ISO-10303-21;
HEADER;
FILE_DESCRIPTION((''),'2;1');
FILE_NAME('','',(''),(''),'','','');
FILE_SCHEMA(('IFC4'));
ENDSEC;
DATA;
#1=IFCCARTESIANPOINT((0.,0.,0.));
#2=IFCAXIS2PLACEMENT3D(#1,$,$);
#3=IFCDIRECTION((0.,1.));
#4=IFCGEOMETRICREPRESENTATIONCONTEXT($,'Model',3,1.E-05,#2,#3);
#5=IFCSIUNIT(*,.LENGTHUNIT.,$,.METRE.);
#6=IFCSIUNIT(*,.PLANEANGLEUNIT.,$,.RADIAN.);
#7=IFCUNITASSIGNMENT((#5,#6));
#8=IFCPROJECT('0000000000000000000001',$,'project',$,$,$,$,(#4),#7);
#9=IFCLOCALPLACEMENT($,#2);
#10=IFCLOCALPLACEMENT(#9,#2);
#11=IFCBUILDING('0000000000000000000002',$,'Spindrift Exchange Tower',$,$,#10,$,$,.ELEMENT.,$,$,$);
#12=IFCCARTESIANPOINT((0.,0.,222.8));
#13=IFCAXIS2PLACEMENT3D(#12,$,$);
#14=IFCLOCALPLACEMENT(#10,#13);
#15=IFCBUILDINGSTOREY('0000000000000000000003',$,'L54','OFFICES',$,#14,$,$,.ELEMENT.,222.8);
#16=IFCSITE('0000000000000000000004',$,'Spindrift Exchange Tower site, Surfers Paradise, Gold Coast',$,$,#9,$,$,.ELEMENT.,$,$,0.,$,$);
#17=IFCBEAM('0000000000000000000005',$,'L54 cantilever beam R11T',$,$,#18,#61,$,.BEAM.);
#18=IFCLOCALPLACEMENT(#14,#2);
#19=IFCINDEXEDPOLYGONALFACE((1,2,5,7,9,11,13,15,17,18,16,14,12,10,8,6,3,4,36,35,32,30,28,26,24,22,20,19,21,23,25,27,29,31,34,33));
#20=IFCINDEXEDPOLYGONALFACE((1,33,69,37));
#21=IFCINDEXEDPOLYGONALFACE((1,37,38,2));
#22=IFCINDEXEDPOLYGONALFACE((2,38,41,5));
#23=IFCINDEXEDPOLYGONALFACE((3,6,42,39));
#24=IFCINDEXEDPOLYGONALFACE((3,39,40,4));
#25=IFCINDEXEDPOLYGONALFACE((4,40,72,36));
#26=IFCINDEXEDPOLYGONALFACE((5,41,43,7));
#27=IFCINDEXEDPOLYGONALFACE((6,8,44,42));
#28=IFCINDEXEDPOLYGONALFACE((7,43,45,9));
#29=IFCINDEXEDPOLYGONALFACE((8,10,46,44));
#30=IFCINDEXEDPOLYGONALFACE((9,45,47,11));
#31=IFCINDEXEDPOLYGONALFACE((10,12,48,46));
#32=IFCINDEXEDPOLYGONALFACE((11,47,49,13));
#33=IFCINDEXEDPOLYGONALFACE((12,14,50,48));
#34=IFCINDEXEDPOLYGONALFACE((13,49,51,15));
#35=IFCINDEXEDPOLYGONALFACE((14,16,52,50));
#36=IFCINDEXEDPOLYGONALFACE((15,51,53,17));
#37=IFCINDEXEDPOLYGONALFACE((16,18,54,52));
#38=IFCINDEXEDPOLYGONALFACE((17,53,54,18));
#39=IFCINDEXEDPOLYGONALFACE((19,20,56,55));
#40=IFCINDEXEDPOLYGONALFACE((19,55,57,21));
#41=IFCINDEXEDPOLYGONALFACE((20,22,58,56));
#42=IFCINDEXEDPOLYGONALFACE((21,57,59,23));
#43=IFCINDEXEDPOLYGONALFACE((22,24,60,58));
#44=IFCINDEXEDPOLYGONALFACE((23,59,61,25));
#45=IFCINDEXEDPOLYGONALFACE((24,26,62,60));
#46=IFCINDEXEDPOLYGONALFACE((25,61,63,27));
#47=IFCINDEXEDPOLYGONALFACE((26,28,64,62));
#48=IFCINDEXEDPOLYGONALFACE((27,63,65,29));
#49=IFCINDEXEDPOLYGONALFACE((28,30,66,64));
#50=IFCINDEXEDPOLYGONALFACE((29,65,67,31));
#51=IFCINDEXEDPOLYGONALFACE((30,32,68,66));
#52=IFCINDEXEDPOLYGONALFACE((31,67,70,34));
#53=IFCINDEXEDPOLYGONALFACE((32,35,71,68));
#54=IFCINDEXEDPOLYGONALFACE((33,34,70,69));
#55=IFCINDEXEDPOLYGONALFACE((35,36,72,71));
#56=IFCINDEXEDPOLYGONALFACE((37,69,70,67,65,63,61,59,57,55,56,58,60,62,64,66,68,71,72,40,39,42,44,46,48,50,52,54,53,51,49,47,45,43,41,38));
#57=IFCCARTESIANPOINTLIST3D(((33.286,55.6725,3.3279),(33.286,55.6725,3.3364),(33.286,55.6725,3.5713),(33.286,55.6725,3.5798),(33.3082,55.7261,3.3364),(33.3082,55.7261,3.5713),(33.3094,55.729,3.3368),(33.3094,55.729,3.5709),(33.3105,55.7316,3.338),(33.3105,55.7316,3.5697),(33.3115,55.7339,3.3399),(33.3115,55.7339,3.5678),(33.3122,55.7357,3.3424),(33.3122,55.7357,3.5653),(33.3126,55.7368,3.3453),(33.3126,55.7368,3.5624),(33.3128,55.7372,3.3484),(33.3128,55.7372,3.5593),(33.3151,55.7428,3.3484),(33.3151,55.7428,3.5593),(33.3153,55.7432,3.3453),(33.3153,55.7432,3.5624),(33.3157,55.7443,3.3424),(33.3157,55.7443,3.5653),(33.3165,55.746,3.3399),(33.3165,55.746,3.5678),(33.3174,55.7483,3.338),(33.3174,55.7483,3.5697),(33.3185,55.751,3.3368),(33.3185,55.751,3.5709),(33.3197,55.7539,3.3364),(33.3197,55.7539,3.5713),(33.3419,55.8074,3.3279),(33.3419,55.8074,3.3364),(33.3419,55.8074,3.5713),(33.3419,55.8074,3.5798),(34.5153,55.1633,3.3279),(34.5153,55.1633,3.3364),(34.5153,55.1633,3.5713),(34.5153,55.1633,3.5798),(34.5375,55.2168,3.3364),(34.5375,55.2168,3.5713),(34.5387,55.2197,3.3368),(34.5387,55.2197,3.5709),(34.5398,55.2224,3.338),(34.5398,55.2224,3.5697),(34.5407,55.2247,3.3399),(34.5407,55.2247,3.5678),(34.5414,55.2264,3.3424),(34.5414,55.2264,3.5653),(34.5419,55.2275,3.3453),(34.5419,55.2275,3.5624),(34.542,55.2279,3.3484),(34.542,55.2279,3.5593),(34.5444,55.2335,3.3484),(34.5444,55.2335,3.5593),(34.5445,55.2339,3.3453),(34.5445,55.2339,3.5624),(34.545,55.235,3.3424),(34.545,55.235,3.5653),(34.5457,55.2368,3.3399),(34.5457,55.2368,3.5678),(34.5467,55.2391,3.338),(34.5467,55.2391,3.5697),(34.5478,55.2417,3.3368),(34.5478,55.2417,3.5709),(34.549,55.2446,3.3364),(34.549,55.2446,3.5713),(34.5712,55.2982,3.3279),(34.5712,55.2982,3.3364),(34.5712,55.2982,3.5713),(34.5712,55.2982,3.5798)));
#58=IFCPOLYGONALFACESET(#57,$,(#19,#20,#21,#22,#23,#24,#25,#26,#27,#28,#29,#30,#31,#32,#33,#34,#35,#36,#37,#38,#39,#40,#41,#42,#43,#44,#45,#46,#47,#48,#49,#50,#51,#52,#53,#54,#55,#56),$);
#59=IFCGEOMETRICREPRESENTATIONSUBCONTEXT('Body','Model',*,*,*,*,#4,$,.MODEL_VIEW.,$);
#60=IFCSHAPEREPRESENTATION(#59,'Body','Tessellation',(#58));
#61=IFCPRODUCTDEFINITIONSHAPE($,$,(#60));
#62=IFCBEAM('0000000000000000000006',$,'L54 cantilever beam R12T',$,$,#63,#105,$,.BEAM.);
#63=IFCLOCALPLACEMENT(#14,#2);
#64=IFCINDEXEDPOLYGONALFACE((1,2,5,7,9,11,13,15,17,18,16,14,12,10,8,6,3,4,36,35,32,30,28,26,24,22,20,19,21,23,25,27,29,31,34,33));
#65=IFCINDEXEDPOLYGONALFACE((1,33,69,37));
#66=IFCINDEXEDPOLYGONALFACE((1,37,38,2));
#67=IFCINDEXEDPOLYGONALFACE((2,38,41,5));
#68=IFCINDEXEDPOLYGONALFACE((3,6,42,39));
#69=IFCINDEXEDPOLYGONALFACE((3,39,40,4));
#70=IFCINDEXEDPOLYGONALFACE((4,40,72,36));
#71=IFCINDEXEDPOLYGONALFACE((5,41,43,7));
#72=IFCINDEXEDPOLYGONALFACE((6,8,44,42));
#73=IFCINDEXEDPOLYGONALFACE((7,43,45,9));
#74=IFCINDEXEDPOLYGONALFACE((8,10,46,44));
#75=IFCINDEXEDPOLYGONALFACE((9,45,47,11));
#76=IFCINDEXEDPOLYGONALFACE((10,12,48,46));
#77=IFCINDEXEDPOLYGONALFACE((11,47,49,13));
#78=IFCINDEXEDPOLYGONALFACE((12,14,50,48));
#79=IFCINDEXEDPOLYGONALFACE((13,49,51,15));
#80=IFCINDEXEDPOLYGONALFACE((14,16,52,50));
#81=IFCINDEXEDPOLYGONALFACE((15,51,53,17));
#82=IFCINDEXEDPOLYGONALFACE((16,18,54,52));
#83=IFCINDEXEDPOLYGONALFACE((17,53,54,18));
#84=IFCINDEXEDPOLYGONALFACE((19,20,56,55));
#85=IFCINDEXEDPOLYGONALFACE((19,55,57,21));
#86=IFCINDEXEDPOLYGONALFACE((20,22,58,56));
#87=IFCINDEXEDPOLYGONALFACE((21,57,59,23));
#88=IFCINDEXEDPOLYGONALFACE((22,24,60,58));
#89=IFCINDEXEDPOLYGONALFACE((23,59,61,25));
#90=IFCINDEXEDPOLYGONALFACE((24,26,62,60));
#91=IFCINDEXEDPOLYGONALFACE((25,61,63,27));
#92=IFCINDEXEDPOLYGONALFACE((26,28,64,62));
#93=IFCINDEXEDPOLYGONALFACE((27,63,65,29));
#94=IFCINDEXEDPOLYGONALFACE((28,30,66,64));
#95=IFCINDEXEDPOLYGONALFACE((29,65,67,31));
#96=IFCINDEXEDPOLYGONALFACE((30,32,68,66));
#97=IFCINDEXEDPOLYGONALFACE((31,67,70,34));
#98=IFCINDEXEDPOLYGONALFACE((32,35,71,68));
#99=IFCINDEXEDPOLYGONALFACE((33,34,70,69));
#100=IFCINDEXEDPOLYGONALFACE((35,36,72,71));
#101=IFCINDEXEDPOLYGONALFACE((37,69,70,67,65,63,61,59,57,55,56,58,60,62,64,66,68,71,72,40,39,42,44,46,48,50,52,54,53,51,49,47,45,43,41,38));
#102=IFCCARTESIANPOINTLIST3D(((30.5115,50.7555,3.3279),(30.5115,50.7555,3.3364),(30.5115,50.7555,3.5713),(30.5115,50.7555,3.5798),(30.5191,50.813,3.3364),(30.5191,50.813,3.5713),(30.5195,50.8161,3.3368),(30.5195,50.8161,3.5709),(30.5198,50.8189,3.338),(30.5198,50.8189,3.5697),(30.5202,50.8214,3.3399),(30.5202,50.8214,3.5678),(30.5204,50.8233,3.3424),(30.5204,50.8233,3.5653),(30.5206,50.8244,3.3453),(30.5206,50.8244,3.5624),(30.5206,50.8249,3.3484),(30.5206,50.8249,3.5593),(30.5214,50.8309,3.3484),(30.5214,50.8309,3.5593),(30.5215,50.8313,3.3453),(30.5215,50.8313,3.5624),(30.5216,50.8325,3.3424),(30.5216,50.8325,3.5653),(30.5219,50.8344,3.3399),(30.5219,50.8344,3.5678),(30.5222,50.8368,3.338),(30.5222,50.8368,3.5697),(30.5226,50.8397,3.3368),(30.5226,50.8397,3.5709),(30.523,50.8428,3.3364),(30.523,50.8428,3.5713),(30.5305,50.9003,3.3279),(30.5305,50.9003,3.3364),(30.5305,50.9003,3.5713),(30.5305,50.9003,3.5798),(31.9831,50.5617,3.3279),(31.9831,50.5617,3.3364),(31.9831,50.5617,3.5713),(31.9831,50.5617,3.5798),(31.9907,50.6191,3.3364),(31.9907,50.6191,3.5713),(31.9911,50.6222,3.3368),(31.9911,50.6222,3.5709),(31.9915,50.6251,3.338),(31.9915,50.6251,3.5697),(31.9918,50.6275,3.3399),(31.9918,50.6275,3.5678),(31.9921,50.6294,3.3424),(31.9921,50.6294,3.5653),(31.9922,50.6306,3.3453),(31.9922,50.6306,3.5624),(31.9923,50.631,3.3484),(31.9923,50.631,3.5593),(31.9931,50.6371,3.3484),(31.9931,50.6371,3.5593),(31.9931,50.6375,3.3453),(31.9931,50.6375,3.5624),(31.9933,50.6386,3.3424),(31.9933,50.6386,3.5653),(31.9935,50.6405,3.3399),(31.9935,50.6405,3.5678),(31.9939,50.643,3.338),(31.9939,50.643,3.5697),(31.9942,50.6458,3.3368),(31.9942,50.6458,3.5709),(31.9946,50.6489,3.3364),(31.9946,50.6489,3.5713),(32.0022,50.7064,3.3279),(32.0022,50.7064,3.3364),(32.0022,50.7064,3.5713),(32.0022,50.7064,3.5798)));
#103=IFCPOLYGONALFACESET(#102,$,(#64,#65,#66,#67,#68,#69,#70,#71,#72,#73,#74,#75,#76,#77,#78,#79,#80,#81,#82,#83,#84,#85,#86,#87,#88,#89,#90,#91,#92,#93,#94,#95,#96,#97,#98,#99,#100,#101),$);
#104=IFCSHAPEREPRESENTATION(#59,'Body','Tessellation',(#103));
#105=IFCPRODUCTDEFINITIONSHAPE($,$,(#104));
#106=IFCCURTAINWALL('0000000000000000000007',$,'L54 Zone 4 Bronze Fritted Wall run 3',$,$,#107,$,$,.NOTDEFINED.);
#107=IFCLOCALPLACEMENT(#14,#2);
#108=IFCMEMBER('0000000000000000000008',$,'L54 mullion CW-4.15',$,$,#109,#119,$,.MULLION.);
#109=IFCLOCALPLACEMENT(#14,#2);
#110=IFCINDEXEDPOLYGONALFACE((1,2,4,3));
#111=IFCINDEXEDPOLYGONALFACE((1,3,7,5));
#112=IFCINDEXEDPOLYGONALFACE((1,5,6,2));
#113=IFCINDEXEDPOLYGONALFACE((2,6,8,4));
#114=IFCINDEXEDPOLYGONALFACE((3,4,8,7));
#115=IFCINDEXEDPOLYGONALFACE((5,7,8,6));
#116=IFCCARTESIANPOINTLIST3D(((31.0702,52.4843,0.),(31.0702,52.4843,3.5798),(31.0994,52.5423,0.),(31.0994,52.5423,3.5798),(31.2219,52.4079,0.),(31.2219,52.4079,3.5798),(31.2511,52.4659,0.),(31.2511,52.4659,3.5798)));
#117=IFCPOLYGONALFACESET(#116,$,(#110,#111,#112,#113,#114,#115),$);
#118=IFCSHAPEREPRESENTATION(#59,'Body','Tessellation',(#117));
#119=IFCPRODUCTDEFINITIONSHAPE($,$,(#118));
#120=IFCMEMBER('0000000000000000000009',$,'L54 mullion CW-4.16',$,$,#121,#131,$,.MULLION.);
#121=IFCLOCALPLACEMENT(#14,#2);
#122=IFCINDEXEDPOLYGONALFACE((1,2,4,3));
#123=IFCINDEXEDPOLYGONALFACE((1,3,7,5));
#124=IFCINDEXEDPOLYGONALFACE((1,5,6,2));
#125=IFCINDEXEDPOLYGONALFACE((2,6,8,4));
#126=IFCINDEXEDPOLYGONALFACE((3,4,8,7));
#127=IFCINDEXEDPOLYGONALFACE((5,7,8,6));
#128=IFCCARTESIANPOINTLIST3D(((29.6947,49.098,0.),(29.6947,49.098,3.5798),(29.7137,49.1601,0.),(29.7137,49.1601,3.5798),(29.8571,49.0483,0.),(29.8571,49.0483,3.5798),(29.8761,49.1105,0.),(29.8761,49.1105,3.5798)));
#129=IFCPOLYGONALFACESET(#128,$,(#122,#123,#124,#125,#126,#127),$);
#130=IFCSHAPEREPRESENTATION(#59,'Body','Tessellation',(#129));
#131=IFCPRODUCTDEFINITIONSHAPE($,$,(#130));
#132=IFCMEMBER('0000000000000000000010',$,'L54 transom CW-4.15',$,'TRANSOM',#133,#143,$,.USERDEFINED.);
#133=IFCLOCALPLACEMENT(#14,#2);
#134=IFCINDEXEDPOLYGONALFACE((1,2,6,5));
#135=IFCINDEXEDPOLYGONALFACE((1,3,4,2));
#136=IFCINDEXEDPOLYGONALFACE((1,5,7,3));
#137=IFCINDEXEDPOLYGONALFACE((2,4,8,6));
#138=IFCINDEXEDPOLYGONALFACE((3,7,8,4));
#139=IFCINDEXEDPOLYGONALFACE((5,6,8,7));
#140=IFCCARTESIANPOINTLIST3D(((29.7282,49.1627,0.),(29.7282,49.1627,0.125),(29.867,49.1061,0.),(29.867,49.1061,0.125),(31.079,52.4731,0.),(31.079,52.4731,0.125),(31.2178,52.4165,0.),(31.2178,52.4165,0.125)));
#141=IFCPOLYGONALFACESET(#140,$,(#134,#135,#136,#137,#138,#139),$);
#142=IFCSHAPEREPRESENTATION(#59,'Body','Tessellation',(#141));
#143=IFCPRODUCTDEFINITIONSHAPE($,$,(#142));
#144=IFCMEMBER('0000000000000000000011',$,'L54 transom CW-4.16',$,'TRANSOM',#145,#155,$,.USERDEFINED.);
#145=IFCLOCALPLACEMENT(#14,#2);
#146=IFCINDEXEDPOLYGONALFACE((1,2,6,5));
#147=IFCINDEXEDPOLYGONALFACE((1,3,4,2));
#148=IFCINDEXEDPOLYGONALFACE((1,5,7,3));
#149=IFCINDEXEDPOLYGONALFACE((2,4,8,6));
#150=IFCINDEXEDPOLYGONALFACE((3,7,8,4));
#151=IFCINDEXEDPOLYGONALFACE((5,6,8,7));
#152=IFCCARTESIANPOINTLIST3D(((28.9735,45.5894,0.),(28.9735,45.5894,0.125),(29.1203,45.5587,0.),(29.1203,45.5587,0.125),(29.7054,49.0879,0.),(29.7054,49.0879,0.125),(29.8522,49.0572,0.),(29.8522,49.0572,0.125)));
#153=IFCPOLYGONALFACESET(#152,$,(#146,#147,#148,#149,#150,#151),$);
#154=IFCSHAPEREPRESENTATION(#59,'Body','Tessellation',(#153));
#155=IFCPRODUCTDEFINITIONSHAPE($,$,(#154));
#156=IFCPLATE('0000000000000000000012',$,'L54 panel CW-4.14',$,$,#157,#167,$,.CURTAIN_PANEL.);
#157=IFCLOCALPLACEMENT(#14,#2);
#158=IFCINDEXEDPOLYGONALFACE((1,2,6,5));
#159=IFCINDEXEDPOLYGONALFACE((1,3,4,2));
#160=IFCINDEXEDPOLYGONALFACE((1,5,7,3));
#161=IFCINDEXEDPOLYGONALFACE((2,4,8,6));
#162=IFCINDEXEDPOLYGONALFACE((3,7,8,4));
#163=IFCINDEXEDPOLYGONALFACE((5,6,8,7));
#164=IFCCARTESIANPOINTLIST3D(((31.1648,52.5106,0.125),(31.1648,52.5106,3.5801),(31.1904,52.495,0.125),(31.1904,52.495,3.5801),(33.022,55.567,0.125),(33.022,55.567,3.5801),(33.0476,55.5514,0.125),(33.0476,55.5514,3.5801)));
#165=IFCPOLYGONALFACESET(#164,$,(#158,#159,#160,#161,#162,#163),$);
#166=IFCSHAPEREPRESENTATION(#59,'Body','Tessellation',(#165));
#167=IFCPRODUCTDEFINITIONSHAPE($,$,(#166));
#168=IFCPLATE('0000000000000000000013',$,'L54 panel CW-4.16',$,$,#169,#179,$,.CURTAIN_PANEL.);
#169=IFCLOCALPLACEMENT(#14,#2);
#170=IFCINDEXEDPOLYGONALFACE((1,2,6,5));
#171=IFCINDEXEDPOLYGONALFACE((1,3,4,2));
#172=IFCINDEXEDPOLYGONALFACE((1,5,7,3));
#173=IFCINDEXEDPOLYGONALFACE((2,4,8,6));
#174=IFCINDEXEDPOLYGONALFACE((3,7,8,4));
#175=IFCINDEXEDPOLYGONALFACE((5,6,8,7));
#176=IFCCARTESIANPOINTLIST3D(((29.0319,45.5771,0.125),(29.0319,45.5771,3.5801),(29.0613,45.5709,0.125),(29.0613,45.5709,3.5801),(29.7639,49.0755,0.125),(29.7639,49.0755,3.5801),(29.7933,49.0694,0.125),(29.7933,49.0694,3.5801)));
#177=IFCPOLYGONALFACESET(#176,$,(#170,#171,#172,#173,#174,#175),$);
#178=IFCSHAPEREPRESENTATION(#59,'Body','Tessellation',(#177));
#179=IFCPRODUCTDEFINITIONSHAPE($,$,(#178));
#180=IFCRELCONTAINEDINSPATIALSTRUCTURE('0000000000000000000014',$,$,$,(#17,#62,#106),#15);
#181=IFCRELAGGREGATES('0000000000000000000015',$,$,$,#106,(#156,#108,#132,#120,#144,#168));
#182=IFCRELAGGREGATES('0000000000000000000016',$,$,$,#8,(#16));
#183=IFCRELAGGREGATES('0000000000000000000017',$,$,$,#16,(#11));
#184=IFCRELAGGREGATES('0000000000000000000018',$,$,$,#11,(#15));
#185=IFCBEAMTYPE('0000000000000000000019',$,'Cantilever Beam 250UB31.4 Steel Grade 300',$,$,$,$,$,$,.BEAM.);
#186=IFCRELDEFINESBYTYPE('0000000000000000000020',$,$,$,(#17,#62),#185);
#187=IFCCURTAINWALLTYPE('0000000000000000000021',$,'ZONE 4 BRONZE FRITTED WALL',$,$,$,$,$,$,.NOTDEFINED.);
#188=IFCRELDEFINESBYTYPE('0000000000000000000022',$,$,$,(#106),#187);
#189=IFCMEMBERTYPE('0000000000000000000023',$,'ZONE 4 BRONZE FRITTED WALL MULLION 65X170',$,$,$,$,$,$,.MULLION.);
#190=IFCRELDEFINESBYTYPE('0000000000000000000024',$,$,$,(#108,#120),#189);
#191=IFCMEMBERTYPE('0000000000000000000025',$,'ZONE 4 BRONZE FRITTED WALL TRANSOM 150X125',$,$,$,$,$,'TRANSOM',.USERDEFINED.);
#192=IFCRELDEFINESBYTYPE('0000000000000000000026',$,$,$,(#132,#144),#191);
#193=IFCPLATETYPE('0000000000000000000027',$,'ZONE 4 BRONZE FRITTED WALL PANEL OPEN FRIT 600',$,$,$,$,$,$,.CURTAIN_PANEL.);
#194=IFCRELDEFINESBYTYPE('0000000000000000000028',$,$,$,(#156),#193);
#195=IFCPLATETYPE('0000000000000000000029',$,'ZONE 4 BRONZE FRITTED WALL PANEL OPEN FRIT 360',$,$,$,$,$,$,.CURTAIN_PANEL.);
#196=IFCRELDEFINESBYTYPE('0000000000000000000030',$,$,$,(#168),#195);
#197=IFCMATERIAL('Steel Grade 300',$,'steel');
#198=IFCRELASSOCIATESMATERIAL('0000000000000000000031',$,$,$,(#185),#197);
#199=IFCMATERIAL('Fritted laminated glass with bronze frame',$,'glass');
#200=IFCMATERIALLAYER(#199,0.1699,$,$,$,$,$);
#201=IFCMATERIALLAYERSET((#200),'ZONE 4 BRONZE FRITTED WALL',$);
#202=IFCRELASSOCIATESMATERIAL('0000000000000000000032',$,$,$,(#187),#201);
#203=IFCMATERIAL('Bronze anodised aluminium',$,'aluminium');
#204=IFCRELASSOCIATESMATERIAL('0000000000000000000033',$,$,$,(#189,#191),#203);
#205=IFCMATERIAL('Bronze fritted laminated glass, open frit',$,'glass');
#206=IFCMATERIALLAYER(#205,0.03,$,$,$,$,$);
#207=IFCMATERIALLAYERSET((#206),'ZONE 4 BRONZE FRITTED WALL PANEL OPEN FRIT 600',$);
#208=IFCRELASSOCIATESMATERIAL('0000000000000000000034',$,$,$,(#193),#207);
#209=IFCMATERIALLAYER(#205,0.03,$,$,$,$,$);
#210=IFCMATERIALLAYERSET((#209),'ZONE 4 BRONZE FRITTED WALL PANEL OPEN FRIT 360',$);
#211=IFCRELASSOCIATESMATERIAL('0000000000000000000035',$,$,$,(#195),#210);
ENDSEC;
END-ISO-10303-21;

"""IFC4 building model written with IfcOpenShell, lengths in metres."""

from ifc_helpers import new_model, si_unit, direction, frame, origin, origin_2d, place, context, subcontext, project, spatial, rectangle, i_section, extrude, source, transform, mapped, material, layer, layer_set, material_profile, profile_set, type_object, element, aggregate, save


model = new_model("IFC4")

# Units and contexts
model_context = context("Model", 3, precision=1e-05, world=origin(), true_north=direction((0.0, 1.0)))
body_context = subcontext(model_context, "Body", "Model", "MODEL_VIEW")
ifc_project = project(units=[si_unit("LENGTHUNIT", "METRE"), si_unit("PLANEANGLEUNIT", "RADIAN")], contexts=[model_context])

# Site, building, storey
site_placement = place(None, origin())
site = spatial("IfcSite", under=ifc_project, at=site_placement, Name="Spindrift Exchange Tower site, Surfers Paradise, Gold Coast", CompositionType="ELEMENT", RefElevation=0.0)
building_placement = place(site_placement, origin())
building = spatial("IfcBuilding", under=site, at=building_placement, Name="Spindrift Exchange Tower", CompositionType="ELEMENT")
storey_placement = place(building_placement, frame((0.0, 0.0, 222.8)))
storey = spatial("IfcBuildingStorey", under=building, at=storey_placement, Name="L54", Description="OFFICES", CompositionType="ELEMENT", Elevation=222.8)

# Beams
ifc_material_1 = material(Name="Steel Grade 300", Category="steel")
ifc_material_profile_1 = material_profile(ifc_material_1, i_section(OverallWidth=0.146, OverallDepth=0.252, WebThickness=0.0061, FlangeThickness=0.0085, FilletRadius=0.012, at=origin_2d()), Name="250UB31.4")
ifc_profile_set_1 = profile_set([ifc_material_profile_1], Name="Steel Grade 300")
beam_type_1 = type_object("IfcBeamType", Name="Cantilever Beam 250UB31.4 Steel Grade 300", PredefinedType="BEAM", material=ifc_profile_set_1)
shared_shape_1 = source(origin(), body_context, "Body", "SweptSolid", [
    extrude(i_section(OverallWidth=0.146, OverallDepth=0.252, WebThickness=0.0061, FlangeThickness=0.0085, FilletRadius=0.012, at=origin_2d()), origin(), (0.0, 0.0, 1.0), 1.3306),
])
beam_1_placement = place(storey_placement, frame((34.5432, 55.2307, 3.4539), z_axis=(-0.923851, 0.382752, 0.0), x_axis=(-0.382752, -0.923851, 0.0)))
element("IfcBeam", 1, at=beam_1_placement, inside=storey, type_object=beam_type_1, Name="L54 cantilever beam R11T", PredefinedType="BEAM", context=body_context, shape_type="MappedRepresentation", body=[
    mapped(shared_shape_1, transform((0.0, 0.0, 0.0), scale=1.0)),
])
shared_shape_2 = source(origin(), body_context, "Body", "SweptSolid", [
    extrude(i_section(OverallWidth=0.146, OverallDepth=0.252, WebThickness=0.0061, FlangeThickness=0.0085, FilletRadius=0.012, at=origin_2d()), origin(), (0.0, 0.0, 1.0), 1.4844),
])
beam_2_placement = place(storey_placement, frame((31.9927, 50.634, 3.4539), z_axis=(-0.991436, 0.130591, 0.0), x_axis=(-0.130591, -0.991436, 0.0)))
element("IfcBeam", 2, at=beam_2_placement, inside=storey, type_object=beam_type_1, Name="L54 cantilever beam R12T", PredefinedType="BEAM", context=body_context, shape_type="MappedRepresentation", body=[
    mapped(shared_shape_2, transform((0.0, 0.0, 0.0), scale=1.0)),
])

# Curtain wall, members, plates
ifc_material_2 = material(Name="Fritted laminated glass with bronze frame", Category="glass")
ifc_layer_1 = layer(ifc_material_2, 0.1699)
ifc_layer_set_1 = layer_set([ifc_layer_1], Name="ZONE 4 BRONZE FRITTED WALL")
curtain_wall_type = type_object("IfcCurtainWallType", Name="ZONE 4 BRONZE FRITTED WALL", PredefinedType="NOTDEFINED", material=ifc_layer_set_1)
curtain_wall_placement = place(storey_placement, origin())
curtain_wall = element("IfcCurtainWall", 3, at=curtain_wall_placement, inside=storey, type_object=curtain_wall_type, Name="L54 Zone 4 Bronze Fritted Wall run 3", PredefinedType="NOTDEFINED")
ifc_material_3 = material(Name="Bronze anodised aluminium", Category="aluminium")
ifc_material_profile_2 = material_profile(ifc_material_3, rectangle(XDim=0.0649, YDim=0.1699, at=origin_2d()), Name="ZONE 4 BRONZE FRITTED WALL MULLION 65X170")
ifc_profile_set_2 = profile_set([ifc_material_profile_2], Name="Bronze anodised aluminium")
member_type_1 = type_object("IfcMemberType", Name="ZONE 4 BRONZE FRITTED WALL MULLION 65X170", PredefinedType="MULLION", material=ifc_profile_set_2)
shared_shape_3 = source(origin(), body_context, "Body", "SweptSolid", [
    extrude(rectangle(XDim=0.0649, YDim=0.1699, at=origin_2d()), origin(), (0.0, 0.0, 1.0), 3.5798),
])
member_1_placement = place(storey_placement, frame((31.1606, 52.4751, 0.0), z_axis=(0.0, 0.0, 1.0), x_axis=(-0.449935, -0.893061, 0.0)))
member_1 = element("IfcMember", 4, at=member_1_placement, type_object=member_type_1, Name="L54 mullion CW-4.15", PredefinedType="MULLION", context=body_context, shape_type="MappedRepresentation", body=[
    mapped(shared_shape_3, transform((0.0, 0.0, 0.0), scale=1.0)),
])
member_2_placement = place(storey_placement, frame((29.7854, 49.1042, 0.0), z_axis=(0.0, 0.0, 1.0), x_axis=(-0.292472, -0.956274, 0.0)))
member_2 = element("IfcMember", 5, at=member_2_placement, type_object=member_type_1, Name="L54 mullion CW-4.16", PredefinedType="MULLION", context=body_context, shape_type="MappedRepresentation", body=[
    mapped(shared_shape_3, transform((0.0, 0.0, 0.0), scale=1.0)),
])
ifc_material_profile_3 = material_profile(ifc_material_3, rectangle(XDim=0.1499, YDim=0.125, at=origin_2d()), Name="ZONE 4 BRONZE FRITTED WALL TRANSOM 150X125")
ifc_profile_set_3 = profile_set([ifc_material_profile_3], Name="Bronze anodised aluminium")
member_type_2 = type_object("IfcMemberType", Name="ZONE 4 BRONZE FRITTED WALL TRANSOM 150X125", ElementType="TRANSOM", PredefinedType="USERDEFINED", material=ifc_profile_set_3)
shared_shape_4 = source(origin(), body_context, "Body", "SweptSolid", [
    extrude(rectangle(XDim=0.1499, YDim=0.125, at=origin_2d()), origin(), (0.0, 0.0, 1.0), 3.5754),
])
member_3_placement = place(storey_placement, frame((31.1484, 52.4448, 0.0625), z_axis=(-0.377798, -0.925888, 0.0), x_axis=(0.925888, -0.377798, 0.0)))
member_3 = element("IfcMember", 6, at=member_3_placement, type_object=member_type_2, Name="L54 transom CW-4.15", ObjectType="TRANSOM", PredefinedType="USERDEFINED", context=body_context, shape_type="MappedRepresentation", body=[
    mapped(shared_shape_4, transform((0.0, 0.0, 0.0), scale=1.0)),
])
shared_shape_5 = source(origin(), body_context, "Body", "SweptSolid", [
    extrude(rectangle(XDim=0.1499, YDim=0.125, at=origin_2d()), origin(), (0.0, 0.0, 1.0), 3.5742),
])
member_4_placement = place(storey_placement, frame((29.7788, 49.0725, 0.0625), z_axis=(-0.204778, -0.978808, 0.0), x_axis=(0.978808, -0.204778, 0.0)))
member_4 = element("IfcMember", 7, at=member_4_placement, type_object=member_type_2, Name="L54 transom CW-4.16", ObjectType="TRANSOM", PredefinedType="USERDEFINED", context=body_context, shape_type="MappedRepresentation", body=[
    mapped(shared_shape_5, transform((0.0, 0.0, 0.0), scale=1.0)),
])
ifc_material_4 = material(Name="Bronze fritted laminated glass, open frit", Category="glass")
ifc_layer_2 = layer(ifc_material_4, 0.03)
ifc_layer_set_2 = layer_set([ifc_layer_2], Name="ZONE 4 BRONZE FRITTED WALL PANEL OPEN FRIT 600")
plate_type_1 = type_object("IfcPlateType", Name="ZONE 4 BRONZE FRITTED WALL PANEL OPEN FRIT 600", PredefinedType="CURTAIN_PANEL", material=ifc_layer_set_2)
shared_shape_6 = source(origin(), body_context, "Body", "SweptSolid", [
    extrude(rectangle(XDim=3.5764, YDim=0.03, at=origin_2d()), origin(), (0.0, 0.0, 1.0), 3.4551),
])
plate_1_placement = place(storey_placement, frame((32.1062, 54.031, 0.125), z_axis=(0.0, 0.0, 1.0), x_axis=(-0.519294, -0.854596, 0.0)))
plate_1 = element("IfcPlate", 8, at=plate_1_placement, type_object=plate_type_1, Name="L54 panel CW-4.14", PredefinedType="CURTAIN_PANEL", context=body_context, shape_type="MappedRepresentation", body=[
    mapped(shared_shape_6, transform((0.0, 0.0, 0.0), scale=1.0)),
])
ifc_layer_3 = layer(ifc_material_4, 0.03)
ifc_layer_set_3 = layer_set([ifc_layer_3], Name="ZONE 4 BRONZE FRITTED WALL PANEL OPEN FRIT 360")
plate_type_2 = type_object("IfcPlateType", Name="ZONE 4 BRONZE FRITTED WALL PANEL OPEN FRIT 360", PredefinedType="CURTAIN_PANEL", material=ifc_layer_set_3)
shared_shape_7 = source(origin(), body_context, "Body", "SweptSolid", [
    extrude(rectangle(XDim=3.5742, YDim=0.03, at=origin_2d()), origin(), (0.0, 0.0, 1.0), 3.4551),
])
plate_2_placement = place(storey_placement, frame((29.4126, 47.3232, 0.125), z_axis=(0.0, 0.0, 1.0), x_axis=(-0.204802, -0.978803, 0.0)))
plate_2 = element("IfcPlate", 9, at=plate_2_placement, type_object=plate_type_2, Name="L54 panel CW-4.16", PredefinedType="CURTAIN_PANEL", context=body_context, shape_type="MappedRepresentation", body=[
    mapped(shared_shape_7, transform((0.0, 0.0, 0.0), scale=1.0)),
])
aggregate(curtain_wall, [plate_1, member_1, member_3, member_2, member_4, plate_2])

save(model, "model.ifc")
